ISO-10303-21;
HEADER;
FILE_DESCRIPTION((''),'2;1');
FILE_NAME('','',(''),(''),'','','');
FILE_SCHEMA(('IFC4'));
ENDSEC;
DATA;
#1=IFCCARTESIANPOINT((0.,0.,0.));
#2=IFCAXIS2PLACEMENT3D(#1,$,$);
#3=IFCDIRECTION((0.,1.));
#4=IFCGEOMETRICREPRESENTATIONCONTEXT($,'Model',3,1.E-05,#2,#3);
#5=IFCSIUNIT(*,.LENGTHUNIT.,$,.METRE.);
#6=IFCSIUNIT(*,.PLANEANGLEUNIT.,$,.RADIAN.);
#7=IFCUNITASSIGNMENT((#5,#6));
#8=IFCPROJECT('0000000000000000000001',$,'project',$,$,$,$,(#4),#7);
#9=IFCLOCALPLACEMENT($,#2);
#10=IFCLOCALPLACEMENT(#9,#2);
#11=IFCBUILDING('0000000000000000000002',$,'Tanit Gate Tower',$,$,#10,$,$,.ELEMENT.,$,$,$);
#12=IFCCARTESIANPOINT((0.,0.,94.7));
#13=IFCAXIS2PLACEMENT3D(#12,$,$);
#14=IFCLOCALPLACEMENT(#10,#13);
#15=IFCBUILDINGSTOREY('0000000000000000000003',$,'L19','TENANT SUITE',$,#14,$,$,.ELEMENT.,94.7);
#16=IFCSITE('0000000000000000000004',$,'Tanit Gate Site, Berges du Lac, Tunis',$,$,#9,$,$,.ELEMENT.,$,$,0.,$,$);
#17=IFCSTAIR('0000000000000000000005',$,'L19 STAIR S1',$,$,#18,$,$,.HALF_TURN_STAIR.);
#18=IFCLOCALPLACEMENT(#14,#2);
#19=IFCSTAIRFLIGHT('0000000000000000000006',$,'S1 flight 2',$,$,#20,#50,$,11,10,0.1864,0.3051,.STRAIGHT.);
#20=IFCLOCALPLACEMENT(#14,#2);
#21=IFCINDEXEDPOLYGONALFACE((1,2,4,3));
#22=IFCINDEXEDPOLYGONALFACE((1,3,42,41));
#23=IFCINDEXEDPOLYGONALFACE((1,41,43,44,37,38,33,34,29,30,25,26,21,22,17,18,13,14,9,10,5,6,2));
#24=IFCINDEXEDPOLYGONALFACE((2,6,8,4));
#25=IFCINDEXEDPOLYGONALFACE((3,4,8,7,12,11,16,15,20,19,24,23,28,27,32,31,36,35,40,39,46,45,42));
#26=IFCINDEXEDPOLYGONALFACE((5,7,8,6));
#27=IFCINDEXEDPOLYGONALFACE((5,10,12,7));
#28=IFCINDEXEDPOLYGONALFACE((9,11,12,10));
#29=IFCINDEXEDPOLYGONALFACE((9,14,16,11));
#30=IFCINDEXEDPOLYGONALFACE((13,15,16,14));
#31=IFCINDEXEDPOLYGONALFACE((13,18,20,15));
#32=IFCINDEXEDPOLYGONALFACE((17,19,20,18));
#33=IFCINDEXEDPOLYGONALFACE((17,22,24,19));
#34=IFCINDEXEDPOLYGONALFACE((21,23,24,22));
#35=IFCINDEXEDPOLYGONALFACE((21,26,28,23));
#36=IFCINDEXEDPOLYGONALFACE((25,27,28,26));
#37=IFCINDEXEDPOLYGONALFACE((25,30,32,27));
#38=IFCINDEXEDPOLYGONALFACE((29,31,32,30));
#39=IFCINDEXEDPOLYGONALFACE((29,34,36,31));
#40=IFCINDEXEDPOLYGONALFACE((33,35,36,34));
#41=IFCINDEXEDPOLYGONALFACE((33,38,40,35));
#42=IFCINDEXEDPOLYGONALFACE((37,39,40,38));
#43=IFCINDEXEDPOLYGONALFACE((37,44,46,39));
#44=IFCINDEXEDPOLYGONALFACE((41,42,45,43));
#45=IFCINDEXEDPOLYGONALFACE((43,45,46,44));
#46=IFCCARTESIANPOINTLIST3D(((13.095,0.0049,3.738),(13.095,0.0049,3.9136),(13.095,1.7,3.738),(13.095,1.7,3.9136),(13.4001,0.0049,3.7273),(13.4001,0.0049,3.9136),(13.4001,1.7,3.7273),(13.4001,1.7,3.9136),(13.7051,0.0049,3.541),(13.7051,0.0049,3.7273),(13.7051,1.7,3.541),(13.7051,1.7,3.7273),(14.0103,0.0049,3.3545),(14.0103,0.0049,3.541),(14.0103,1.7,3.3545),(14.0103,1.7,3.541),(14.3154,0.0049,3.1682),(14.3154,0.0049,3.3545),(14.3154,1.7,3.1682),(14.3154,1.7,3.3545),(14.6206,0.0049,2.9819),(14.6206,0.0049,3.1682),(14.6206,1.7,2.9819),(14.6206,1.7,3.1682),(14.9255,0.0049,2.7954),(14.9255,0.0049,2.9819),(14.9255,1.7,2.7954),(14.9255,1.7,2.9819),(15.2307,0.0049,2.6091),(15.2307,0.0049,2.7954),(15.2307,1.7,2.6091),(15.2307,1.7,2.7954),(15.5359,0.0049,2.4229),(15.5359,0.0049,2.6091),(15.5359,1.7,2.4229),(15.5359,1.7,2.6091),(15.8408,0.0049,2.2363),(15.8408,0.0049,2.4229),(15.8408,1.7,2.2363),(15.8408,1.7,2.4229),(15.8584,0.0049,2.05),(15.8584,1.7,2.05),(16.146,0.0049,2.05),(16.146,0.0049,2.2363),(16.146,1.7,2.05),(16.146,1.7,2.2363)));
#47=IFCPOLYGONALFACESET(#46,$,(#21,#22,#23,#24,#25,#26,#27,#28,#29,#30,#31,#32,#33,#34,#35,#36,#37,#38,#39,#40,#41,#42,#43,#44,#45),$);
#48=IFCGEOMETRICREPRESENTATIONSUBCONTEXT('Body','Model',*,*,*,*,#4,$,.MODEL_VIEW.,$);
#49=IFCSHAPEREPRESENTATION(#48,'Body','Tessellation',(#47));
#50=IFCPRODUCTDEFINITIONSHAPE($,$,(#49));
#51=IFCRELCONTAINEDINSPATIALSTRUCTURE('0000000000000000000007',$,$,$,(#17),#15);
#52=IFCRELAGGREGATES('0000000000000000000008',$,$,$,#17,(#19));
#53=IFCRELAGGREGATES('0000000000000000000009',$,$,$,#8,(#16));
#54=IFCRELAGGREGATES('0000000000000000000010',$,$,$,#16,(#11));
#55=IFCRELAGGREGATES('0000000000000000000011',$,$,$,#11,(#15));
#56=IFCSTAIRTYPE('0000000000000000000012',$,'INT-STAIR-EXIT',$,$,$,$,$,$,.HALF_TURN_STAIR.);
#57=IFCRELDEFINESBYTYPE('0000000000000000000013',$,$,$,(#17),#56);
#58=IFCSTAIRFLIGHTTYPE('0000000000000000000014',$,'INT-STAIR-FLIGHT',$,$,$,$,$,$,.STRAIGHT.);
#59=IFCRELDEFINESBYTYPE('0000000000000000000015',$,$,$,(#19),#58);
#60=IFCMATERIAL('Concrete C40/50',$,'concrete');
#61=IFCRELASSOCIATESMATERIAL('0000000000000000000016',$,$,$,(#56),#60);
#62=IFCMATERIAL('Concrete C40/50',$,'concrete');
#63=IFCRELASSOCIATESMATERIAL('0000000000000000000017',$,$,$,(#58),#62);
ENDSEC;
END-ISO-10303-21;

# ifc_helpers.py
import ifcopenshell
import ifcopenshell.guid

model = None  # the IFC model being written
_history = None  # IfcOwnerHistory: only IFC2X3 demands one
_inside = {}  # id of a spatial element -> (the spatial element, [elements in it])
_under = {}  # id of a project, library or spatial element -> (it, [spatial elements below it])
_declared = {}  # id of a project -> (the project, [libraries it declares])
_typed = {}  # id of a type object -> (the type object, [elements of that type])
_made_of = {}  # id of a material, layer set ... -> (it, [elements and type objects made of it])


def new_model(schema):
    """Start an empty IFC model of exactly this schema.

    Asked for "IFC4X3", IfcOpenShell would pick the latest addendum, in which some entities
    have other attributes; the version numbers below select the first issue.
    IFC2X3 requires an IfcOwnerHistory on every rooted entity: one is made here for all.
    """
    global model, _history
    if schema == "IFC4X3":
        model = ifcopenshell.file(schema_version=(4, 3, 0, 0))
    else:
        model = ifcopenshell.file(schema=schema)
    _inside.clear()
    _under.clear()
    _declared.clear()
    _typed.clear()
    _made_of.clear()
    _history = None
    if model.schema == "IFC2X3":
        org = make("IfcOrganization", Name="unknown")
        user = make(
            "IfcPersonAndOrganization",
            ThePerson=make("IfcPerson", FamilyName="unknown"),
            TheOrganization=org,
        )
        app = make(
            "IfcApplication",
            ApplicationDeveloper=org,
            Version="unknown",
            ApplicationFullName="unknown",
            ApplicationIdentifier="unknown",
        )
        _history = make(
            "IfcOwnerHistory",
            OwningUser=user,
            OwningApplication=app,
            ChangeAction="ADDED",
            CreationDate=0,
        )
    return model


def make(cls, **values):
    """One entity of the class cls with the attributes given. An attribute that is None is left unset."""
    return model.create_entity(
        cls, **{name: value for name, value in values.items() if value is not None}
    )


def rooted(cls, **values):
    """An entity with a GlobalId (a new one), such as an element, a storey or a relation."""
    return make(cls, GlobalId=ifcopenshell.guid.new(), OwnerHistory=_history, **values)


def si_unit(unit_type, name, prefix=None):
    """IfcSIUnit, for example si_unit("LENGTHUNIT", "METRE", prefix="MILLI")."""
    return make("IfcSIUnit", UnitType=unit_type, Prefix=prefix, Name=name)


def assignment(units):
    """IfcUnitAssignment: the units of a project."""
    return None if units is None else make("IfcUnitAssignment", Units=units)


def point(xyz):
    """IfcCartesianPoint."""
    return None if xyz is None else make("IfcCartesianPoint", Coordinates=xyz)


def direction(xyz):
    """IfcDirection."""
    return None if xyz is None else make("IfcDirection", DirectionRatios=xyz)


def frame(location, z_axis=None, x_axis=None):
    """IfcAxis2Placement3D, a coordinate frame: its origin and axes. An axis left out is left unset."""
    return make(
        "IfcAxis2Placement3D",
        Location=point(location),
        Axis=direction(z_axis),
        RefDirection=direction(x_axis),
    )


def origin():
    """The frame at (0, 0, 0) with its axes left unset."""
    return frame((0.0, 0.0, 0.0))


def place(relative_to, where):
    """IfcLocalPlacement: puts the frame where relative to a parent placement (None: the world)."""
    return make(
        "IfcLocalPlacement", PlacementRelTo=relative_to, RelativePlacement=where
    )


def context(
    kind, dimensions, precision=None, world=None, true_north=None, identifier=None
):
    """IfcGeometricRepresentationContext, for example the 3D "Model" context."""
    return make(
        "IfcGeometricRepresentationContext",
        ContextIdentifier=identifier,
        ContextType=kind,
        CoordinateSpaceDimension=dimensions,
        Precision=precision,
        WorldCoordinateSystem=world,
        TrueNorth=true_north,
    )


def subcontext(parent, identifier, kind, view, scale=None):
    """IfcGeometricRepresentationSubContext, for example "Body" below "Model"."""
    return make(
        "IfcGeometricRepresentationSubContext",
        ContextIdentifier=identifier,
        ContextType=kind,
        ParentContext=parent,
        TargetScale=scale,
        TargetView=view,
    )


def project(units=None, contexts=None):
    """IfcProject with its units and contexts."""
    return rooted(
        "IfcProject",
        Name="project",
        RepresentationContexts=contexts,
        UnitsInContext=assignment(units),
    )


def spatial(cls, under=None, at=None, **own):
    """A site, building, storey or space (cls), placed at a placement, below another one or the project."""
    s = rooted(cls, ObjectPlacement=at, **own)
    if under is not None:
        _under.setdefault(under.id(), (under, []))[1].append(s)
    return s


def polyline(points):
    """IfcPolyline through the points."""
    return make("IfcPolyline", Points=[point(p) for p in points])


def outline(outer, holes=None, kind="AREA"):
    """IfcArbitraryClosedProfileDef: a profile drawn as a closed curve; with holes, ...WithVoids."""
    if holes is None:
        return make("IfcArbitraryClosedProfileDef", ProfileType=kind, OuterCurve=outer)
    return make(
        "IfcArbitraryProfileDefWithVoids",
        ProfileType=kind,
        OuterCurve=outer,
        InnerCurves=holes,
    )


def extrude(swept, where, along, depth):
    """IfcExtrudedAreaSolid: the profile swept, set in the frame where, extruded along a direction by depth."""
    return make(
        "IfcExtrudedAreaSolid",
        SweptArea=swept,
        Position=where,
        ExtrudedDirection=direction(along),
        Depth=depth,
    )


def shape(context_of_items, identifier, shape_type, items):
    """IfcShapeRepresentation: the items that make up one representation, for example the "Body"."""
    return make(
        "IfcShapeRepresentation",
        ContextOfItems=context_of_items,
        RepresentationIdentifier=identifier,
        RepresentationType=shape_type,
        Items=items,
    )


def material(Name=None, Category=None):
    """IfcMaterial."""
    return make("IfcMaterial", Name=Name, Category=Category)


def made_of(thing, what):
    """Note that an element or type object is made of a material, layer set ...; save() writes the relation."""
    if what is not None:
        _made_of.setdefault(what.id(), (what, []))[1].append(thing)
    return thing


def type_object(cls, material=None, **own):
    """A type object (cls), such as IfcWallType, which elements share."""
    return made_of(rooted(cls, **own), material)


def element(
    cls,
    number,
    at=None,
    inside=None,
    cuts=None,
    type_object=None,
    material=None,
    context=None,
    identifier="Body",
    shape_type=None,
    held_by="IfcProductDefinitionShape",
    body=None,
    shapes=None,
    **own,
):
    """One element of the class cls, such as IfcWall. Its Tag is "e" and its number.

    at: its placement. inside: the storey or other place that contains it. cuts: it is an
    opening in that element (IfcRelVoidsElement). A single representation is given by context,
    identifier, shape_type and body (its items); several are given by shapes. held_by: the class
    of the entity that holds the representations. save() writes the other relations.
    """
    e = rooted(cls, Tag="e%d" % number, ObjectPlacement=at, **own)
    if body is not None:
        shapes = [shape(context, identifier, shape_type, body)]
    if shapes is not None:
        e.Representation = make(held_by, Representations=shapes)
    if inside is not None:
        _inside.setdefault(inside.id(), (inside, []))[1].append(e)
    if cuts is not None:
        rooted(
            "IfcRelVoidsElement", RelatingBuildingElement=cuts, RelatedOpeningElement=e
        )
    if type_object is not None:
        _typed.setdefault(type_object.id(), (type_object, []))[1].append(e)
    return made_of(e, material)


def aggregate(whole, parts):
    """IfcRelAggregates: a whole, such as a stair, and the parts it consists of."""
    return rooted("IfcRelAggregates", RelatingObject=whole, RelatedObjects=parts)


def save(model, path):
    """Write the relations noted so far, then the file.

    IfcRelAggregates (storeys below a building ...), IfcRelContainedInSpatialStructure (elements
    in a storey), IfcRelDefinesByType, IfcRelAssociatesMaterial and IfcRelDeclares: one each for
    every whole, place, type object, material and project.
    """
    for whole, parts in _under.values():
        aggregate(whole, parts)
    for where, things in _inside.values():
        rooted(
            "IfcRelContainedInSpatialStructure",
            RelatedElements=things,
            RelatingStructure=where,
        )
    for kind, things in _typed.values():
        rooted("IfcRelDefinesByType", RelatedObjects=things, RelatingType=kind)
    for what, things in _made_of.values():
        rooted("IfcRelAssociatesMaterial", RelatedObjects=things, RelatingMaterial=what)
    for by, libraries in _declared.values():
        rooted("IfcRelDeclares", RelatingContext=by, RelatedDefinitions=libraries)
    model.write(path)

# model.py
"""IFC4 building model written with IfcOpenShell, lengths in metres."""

from ifc_helpers import new_model, si_unit, direction, frame, origin, place, context, subcontext, project, spatial, polyline, outline, extrude, material, type_object, element, aggregate, save


model = new_model("IFC4")

# Units and contexts
model_context = context("Model", 3, precision=1e-05, world=origin(), true_north=direction((0.0, 1.0)))
body_context = subcontext(model_context, "Body", "Model", "MODEL_VIEW")
ifc_project = project(units=[si_unit("LENGTHUNIT", "METRE"), si_unit("PLANEANGLEUNIT", "RADIAN")], contexts=[model_context])

# Site, building, storey
site_placement = place(None, origin())
site = spatial("IfcSite", under=ifc_project, at=site_placement, Name="Tanit Gate Site, Berges du Lac, Tunis", CompositionType="ELEMENT", RefElevation=0.0)
building_placement = place(site_placement, origin())
building = spatial("IfcBuilding", under=site, at=building_placement, Name="Tanit Gate Tower", CompositionType="ELEMENT")
storey_placement = place(building_placement, frame((0.0, 0.0, 94.7)))
storey = spatial("IfcBuildingStorey", under=building, at=storey_placement, Name="L19", Description="TENANT SUITE", CompositionType="ELEMENT", Elevation=94.7)

# Stair, stair flight
ifc_material_1 = material(Name="Concrete C40/50", Category="concrete")
stair_type = type_object("IfcStairType", Name="INT-STAIR-EXIT", PredefinedType="HALF_TURN_STAIR", material=ifc_material_1)
stair_placement = place(storey_placement, origin())
stair = element("IfcStair", 1, at=stair_placement, inside=storey, type_object=stair_type, Name="L19 STAIR S1", PredefinedType="HALF_TURN_STAIR")
ifc_material_2 = material(Name="Concrete C40/50", Category="concrete")
stair_flight_type = type_object("IfcStairFlightType", Name="INT-STAIR-FLIGHT", PredefinedType="STRAIGHT", material=ifc_material_2)
stair_flight_placement = place(storey_placement, frame((16.146, 0.8525, 2.05), z_axis=(0.0, 0.0, 1.0), x_axis=(-1.0, 0.0, 0.0)))
stair_flight = element("IfcStairFlight", 2, at=stair_flight_placement, type_object=stair_flight_type, Name="S1 flight 2", NumberOfRisers=11, NumberOfTreads=10, PredefinedType="STRAIGHT", RiserHeight=0.1864, TreadLength=0.3051, context=body_context, shape_type="SweptSolid", body=[
    extrude(outline(polyline([(0.0, 0.0), (0.0, 0.1863), (0.3052, 0.1863), (0.3052, 0.3728), (0.6101, 0.3728), (0.6101, 0.5591), (0.9153, 0.5591), (0.9153, 0.7454), (1.2205, 0.7454), (1.2205, 0.9319), (1.5254, 0.9319), (1.5254, 1.1182), (1.8306, 1.1182), (1.8306, 1.3044), (2.1357, 1.3044), (2.1357, 1.491), (2.4409, 1.491), (2.4409, 1.6772), (2.7458, 1.6772), (2.7458, 1.8635), (3.051, 1.8635), (3.051, 2.05), (3.051, 1.688), (0.2876, 0.0), (0.0, 0.0)])), frame((0.0, 0.8477, 0.0), z_axis=(0.0, -1.0, 0.0), x_axis=(1.0, 0.0, 0.0)), (0.0, 0.0, 1.0), 1.6951),
])
aggregate(stair, [stair_flight])

save(model, "model.ifc")
